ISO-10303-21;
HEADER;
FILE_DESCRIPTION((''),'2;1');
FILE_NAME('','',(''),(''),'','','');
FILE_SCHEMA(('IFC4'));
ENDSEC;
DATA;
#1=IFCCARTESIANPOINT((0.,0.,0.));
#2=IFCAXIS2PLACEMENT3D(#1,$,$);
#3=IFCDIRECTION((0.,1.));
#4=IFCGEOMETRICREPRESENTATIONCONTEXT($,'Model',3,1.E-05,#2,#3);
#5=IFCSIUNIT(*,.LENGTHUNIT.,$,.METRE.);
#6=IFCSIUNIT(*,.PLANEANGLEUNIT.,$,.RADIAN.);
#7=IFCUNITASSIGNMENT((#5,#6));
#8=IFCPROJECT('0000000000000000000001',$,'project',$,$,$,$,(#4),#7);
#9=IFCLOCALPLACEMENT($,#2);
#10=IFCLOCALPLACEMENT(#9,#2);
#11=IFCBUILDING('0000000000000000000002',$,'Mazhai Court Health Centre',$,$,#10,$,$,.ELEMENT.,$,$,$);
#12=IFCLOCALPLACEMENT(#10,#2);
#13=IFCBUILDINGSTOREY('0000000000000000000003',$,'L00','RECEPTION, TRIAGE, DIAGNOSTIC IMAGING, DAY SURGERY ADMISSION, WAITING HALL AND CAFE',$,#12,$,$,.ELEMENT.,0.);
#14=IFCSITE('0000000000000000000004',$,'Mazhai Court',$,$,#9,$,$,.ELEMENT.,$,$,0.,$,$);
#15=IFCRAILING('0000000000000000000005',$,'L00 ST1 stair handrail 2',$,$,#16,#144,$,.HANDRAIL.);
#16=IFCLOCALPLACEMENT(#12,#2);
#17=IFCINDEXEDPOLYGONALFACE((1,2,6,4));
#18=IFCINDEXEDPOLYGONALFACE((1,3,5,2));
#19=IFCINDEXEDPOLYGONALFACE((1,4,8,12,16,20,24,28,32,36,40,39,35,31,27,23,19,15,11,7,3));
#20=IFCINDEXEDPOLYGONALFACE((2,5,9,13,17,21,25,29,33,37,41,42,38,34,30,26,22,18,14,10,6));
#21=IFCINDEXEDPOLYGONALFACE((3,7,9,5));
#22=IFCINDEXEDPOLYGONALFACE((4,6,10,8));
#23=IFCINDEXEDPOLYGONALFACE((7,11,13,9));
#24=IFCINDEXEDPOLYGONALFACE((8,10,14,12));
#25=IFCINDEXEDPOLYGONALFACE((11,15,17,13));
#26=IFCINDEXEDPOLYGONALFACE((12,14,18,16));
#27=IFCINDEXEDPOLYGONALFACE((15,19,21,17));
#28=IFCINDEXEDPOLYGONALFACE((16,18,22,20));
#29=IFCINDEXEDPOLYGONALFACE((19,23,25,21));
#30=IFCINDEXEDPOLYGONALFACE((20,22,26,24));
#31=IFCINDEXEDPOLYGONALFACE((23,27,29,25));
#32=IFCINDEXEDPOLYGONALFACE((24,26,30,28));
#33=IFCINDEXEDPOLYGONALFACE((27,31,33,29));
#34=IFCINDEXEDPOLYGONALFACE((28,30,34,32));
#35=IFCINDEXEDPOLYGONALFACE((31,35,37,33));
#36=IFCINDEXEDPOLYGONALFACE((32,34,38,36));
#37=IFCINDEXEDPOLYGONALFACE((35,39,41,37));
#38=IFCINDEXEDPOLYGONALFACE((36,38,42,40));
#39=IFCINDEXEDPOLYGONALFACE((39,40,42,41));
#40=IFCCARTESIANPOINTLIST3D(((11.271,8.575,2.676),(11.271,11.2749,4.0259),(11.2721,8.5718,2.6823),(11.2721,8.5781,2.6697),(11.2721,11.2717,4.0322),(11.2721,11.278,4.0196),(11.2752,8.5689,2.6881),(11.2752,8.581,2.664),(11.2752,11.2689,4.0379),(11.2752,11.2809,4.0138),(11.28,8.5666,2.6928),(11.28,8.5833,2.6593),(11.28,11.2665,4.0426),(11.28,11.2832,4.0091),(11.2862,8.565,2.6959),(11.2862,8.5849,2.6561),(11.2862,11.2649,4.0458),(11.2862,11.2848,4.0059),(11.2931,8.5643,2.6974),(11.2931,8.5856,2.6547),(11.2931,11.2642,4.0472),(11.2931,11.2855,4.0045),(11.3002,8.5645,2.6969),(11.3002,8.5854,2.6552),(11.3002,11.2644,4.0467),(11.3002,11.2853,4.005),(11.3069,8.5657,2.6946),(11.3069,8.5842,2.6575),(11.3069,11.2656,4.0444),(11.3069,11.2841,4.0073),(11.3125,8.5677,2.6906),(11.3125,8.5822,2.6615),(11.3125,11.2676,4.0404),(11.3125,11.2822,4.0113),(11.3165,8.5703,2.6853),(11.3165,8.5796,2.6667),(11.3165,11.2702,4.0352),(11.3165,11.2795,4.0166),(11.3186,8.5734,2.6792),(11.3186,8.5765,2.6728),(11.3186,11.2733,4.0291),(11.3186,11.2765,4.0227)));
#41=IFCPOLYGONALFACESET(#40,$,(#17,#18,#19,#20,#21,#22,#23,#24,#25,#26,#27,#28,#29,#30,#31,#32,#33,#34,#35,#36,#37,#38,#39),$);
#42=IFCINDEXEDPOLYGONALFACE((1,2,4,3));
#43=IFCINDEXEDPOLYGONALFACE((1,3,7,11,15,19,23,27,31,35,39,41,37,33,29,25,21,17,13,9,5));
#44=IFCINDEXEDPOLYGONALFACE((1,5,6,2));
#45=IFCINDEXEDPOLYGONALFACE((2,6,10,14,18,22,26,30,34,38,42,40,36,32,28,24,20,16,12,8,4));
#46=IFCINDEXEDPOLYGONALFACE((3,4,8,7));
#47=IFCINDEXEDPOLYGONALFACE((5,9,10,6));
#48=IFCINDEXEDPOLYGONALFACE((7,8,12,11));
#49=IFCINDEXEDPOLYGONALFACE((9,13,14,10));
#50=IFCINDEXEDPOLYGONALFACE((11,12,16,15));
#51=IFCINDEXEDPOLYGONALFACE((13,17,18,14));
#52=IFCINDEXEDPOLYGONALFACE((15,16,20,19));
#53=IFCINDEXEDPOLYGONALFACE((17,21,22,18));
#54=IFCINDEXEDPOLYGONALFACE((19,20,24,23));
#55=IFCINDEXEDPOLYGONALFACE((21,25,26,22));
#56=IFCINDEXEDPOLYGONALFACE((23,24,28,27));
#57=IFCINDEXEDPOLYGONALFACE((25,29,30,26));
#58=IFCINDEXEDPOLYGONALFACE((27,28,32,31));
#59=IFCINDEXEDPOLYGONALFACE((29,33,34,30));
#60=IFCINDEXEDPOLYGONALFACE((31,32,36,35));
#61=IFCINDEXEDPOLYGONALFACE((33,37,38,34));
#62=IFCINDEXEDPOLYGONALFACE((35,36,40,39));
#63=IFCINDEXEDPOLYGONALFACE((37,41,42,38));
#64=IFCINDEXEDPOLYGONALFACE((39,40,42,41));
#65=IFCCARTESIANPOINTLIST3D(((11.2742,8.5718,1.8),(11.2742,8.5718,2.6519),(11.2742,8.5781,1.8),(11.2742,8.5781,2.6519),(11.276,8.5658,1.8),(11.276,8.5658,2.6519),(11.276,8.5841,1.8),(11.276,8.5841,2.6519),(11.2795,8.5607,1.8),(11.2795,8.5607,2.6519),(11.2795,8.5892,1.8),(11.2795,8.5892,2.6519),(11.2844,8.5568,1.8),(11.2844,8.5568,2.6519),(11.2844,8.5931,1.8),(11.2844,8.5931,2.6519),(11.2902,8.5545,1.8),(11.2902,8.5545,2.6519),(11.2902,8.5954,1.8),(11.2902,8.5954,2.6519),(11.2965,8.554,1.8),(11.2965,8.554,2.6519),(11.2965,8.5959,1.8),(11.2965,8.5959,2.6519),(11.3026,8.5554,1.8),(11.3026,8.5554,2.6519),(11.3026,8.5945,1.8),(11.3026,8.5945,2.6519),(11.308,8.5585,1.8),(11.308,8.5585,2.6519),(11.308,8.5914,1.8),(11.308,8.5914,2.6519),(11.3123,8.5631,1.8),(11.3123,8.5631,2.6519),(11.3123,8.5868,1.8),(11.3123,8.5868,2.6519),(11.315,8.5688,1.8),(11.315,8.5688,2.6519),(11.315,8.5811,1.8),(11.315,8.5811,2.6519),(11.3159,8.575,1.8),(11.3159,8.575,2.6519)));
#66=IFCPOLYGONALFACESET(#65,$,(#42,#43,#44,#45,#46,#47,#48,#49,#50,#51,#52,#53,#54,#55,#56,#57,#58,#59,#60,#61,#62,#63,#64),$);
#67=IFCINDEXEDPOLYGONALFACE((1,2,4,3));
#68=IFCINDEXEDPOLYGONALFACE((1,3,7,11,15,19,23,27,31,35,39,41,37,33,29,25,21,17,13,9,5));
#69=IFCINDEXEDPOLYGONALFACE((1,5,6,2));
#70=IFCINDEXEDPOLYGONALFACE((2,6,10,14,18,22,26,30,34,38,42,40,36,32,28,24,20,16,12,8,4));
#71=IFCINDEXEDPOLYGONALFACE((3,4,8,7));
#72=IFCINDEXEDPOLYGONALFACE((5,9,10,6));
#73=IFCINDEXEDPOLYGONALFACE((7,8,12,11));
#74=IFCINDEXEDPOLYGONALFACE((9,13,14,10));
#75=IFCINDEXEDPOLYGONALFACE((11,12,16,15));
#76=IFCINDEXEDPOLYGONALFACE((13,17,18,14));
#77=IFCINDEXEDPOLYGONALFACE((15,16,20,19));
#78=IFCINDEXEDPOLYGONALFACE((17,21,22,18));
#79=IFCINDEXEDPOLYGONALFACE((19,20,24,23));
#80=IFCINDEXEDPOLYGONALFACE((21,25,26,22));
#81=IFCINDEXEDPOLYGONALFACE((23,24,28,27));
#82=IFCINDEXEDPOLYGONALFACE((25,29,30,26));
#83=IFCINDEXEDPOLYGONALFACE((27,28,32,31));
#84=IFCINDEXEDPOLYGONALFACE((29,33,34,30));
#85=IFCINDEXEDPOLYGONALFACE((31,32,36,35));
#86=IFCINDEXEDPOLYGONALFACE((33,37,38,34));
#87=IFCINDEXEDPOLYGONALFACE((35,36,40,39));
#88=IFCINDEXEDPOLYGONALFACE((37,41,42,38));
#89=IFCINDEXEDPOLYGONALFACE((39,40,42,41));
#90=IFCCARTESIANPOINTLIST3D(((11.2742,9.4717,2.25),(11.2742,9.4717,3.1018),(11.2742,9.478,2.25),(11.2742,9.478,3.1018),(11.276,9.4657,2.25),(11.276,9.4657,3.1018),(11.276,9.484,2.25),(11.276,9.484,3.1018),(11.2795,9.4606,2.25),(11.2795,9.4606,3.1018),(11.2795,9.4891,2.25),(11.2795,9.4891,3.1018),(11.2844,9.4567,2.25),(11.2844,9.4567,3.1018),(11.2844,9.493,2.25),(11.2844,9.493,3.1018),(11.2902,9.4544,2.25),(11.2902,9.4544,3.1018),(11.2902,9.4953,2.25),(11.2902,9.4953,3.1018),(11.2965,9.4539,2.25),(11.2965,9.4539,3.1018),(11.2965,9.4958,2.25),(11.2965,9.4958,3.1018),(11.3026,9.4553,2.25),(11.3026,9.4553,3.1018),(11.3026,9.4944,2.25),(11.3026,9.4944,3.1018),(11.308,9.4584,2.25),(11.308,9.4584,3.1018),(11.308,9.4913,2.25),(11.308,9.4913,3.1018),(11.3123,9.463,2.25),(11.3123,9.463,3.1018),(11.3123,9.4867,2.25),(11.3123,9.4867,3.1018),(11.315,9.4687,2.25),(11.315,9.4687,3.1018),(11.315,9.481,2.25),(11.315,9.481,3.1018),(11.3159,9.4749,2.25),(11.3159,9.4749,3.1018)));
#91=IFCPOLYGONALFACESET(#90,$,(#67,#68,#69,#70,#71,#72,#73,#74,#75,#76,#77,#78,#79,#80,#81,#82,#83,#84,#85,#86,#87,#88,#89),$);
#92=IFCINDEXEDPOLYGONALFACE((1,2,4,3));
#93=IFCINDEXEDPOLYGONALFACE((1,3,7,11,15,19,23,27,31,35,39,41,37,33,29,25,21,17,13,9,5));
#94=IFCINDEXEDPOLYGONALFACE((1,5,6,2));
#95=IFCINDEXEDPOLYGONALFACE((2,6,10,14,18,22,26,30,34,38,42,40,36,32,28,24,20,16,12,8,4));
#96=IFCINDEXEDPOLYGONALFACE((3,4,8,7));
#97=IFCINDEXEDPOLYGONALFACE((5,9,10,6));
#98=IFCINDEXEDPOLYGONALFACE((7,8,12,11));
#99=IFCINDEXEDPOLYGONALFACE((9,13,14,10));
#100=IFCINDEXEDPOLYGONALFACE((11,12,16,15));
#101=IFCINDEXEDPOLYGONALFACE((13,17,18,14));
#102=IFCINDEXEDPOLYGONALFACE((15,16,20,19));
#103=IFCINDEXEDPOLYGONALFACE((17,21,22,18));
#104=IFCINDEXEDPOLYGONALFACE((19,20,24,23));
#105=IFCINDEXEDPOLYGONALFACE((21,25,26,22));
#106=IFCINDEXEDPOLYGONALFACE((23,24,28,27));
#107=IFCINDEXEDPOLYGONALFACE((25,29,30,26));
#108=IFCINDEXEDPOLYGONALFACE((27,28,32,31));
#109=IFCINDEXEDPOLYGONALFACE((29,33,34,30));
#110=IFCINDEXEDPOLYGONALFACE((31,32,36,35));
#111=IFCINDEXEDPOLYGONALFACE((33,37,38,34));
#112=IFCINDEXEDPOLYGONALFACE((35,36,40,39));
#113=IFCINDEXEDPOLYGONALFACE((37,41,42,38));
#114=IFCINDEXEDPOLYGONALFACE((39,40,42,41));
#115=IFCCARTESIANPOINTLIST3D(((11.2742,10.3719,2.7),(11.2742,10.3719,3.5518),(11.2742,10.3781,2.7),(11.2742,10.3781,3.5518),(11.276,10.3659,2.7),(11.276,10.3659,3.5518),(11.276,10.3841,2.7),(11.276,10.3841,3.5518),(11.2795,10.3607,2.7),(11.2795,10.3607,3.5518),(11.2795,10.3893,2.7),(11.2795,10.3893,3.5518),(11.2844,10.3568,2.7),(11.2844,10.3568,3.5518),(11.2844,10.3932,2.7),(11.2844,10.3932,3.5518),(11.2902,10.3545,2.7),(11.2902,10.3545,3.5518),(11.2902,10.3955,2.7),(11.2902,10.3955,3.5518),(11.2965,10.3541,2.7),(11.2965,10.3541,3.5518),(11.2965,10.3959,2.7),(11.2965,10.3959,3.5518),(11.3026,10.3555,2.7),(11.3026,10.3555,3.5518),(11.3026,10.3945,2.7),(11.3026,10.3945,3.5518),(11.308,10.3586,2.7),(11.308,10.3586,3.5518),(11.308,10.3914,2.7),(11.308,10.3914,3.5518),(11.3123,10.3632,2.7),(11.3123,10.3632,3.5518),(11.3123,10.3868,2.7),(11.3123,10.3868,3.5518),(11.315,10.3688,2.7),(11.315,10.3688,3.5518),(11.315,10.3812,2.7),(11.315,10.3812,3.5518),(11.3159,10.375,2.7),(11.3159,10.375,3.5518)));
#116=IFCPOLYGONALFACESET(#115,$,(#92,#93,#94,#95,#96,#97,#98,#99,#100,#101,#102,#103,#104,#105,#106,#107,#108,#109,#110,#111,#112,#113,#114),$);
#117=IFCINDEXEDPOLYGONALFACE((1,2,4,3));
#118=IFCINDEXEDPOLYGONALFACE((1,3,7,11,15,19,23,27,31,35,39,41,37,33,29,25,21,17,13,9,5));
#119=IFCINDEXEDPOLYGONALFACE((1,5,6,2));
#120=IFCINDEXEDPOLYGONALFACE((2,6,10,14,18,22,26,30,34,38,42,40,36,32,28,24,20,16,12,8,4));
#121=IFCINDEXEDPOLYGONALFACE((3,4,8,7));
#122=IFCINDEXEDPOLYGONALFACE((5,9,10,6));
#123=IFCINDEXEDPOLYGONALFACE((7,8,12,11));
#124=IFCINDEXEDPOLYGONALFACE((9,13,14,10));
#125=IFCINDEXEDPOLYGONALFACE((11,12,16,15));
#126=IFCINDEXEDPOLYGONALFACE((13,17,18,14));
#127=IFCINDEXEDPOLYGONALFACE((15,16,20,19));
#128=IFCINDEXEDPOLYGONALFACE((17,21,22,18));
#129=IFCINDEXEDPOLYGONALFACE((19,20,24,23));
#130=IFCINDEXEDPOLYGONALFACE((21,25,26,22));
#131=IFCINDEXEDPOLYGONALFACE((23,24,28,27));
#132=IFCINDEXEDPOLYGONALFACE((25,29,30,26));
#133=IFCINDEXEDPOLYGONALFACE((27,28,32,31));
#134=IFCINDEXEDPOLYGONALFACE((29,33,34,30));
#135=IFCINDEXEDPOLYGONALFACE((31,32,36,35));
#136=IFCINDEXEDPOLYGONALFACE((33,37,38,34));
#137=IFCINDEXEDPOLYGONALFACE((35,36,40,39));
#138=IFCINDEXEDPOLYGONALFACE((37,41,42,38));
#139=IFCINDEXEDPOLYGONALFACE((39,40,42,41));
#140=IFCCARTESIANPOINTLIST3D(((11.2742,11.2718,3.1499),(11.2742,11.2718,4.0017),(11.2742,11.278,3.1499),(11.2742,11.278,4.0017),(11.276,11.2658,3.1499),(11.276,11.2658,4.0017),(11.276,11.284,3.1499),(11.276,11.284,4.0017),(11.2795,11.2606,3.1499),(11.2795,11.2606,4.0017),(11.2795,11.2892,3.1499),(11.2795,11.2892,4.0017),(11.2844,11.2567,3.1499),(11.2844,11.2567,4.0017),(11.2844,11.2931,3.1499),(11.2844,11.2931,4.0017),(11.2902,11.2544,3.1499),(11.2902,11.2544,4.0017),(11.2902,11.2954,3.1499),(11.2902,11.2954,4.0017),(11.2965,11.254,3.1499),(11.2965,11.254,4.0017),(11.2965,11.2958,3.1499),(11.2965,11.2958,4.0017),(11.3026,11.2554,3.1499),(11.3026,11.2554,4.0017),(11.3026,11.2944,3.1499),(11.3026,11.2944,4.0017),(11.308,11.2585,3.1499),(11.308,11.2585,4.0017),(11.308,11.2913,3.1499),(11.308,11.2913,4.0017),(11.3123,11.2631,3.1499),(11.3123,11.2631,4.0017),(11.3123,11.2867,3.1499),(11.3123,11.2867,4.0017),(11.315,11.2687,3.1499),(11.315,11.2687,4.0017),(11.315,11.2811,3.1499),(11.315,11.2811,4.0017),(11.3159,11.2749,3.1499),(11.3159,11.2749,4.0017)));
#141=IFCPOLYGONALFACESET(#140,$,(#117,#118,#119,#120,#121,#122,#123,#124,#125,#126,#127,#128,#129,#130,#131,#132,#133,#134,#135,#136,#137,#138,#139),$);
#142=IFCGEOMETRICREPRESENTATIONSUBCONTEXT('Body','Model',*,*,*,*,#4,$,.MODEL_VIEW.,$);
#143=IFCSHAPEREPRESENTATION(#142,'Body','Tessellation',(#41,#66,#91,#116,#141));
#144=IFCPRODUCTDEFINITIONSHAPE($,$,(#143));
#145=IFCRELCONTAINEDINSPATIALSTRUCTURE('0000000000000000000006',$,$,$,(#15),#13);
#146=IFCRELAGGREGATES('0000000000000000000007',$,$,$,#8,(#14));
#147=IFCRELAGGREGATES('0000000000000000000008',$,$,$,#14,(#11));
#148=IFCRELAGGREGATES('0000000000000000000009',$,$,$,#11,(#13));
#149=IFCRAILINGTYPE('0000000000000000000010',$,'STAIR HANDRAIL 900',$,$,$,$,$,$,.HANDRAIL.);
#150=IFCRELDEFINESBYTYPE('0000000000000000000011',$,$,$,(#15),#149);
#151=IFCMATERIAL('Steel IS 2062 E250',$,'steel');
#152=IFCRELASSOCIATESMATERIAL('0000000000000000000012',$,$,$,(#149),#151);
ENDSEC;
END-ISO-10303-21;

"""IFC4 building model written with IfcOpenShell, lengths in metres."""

from ifc_helpers import new_model, si_unit, direction, frame, origin, origin_2d, place, context, subcontext, project, spatial, circle, extrude, material, type_object, element, save


model = new_model("IFC4")

# Units and contexts
model_context = context("Model", 3, precision=1e-05, world=origin(), true_north=direction((0.0, 1.0)))
body_context = subcontext(model_context, "Body", "Model", "MODEL_VIEW")
ifc_project = project(units=[si_unit("LENGTHUNIT", "METRE"), si_unit("PLANEANGLEUNIT", "RADIAN")], contexts=[model_context])

# Site, building, storey
site_placement = place(None, origin())
site = spatial("IfcSite", under=ifc_project, at=site_placement, Name="Mazhai Court", CompositionType="ELEMENT", RefElevation=0.0)
building_placement = place(site_placement, origin())
building = spatial("IfcBuilding", under=site, at=building_placement, Name="Mazhai Court Health Centre", CompositionType="ELEMENT")
storey_placement = place(building_placement, origin())
storey = spatial("IfcBuildingStorey", under=building, at=storey_placement, Name="L00", Description="RECEPTION, TRIAGE, DIAGNOSTIC IMAGING, DAY SURGERY ADMISSION, WAITING HALL AND CAFE", CompositionType="ELEMENT", Elevation=0.0)

# Railing
ifc_material_1 = material(Name="Steel IS 2062 E250", Category="steel")
railing_type_1 = type_object("IfcRailingType", Name="STAIR HANDRAIL 900", PredefinedType="HANDRAIL", material=ifc_material_1)
railing_1_placement = place(storey_placement, frame((11.2949, 8.575, 1.8)))
element("IfcRailing", 1, at=railing_1_placement, inside=storey, type_object=railing_type_1, Name="L00 ST1 stair handrail 2", PredefinedType="HANDRAIL", context=body_context, shape_type="SweptSolid", body=[
    extrude(circle(Radius=0.0239, at=origin_2d()), frame((0.0, 0.0, 0.876), z_axis=(0.0, 0.894443, 0.447181), x_axis=(-1.0, 0.0, 0.0)), (0.0, 0.0, 1.0), 3.0186),
    extrude(circle(Radius=0.021, at=origin_2d()), origin(), (0.0, 0.0, 1.0), 0.8518),
    extrude(circle(Radius=0.021, at=origin_2d()), frame((0.0, 0.8999, 0.45)), (0.0, 0.0, 1.0), 0.8518),
    extrude(circle(Radius=0.021, at=origin_2d()), frame((0.0, 1.8, 0.8999)), (0.0, 0.0, 1.0), 0.8518),
    extrude(circle(Radius=0.021, at=origin_2d()), frame((0.0, 2.7, 1.3499)), (0.0, 0.0, 1.0), 0.8518),
])

save(model, "model.ifc")
